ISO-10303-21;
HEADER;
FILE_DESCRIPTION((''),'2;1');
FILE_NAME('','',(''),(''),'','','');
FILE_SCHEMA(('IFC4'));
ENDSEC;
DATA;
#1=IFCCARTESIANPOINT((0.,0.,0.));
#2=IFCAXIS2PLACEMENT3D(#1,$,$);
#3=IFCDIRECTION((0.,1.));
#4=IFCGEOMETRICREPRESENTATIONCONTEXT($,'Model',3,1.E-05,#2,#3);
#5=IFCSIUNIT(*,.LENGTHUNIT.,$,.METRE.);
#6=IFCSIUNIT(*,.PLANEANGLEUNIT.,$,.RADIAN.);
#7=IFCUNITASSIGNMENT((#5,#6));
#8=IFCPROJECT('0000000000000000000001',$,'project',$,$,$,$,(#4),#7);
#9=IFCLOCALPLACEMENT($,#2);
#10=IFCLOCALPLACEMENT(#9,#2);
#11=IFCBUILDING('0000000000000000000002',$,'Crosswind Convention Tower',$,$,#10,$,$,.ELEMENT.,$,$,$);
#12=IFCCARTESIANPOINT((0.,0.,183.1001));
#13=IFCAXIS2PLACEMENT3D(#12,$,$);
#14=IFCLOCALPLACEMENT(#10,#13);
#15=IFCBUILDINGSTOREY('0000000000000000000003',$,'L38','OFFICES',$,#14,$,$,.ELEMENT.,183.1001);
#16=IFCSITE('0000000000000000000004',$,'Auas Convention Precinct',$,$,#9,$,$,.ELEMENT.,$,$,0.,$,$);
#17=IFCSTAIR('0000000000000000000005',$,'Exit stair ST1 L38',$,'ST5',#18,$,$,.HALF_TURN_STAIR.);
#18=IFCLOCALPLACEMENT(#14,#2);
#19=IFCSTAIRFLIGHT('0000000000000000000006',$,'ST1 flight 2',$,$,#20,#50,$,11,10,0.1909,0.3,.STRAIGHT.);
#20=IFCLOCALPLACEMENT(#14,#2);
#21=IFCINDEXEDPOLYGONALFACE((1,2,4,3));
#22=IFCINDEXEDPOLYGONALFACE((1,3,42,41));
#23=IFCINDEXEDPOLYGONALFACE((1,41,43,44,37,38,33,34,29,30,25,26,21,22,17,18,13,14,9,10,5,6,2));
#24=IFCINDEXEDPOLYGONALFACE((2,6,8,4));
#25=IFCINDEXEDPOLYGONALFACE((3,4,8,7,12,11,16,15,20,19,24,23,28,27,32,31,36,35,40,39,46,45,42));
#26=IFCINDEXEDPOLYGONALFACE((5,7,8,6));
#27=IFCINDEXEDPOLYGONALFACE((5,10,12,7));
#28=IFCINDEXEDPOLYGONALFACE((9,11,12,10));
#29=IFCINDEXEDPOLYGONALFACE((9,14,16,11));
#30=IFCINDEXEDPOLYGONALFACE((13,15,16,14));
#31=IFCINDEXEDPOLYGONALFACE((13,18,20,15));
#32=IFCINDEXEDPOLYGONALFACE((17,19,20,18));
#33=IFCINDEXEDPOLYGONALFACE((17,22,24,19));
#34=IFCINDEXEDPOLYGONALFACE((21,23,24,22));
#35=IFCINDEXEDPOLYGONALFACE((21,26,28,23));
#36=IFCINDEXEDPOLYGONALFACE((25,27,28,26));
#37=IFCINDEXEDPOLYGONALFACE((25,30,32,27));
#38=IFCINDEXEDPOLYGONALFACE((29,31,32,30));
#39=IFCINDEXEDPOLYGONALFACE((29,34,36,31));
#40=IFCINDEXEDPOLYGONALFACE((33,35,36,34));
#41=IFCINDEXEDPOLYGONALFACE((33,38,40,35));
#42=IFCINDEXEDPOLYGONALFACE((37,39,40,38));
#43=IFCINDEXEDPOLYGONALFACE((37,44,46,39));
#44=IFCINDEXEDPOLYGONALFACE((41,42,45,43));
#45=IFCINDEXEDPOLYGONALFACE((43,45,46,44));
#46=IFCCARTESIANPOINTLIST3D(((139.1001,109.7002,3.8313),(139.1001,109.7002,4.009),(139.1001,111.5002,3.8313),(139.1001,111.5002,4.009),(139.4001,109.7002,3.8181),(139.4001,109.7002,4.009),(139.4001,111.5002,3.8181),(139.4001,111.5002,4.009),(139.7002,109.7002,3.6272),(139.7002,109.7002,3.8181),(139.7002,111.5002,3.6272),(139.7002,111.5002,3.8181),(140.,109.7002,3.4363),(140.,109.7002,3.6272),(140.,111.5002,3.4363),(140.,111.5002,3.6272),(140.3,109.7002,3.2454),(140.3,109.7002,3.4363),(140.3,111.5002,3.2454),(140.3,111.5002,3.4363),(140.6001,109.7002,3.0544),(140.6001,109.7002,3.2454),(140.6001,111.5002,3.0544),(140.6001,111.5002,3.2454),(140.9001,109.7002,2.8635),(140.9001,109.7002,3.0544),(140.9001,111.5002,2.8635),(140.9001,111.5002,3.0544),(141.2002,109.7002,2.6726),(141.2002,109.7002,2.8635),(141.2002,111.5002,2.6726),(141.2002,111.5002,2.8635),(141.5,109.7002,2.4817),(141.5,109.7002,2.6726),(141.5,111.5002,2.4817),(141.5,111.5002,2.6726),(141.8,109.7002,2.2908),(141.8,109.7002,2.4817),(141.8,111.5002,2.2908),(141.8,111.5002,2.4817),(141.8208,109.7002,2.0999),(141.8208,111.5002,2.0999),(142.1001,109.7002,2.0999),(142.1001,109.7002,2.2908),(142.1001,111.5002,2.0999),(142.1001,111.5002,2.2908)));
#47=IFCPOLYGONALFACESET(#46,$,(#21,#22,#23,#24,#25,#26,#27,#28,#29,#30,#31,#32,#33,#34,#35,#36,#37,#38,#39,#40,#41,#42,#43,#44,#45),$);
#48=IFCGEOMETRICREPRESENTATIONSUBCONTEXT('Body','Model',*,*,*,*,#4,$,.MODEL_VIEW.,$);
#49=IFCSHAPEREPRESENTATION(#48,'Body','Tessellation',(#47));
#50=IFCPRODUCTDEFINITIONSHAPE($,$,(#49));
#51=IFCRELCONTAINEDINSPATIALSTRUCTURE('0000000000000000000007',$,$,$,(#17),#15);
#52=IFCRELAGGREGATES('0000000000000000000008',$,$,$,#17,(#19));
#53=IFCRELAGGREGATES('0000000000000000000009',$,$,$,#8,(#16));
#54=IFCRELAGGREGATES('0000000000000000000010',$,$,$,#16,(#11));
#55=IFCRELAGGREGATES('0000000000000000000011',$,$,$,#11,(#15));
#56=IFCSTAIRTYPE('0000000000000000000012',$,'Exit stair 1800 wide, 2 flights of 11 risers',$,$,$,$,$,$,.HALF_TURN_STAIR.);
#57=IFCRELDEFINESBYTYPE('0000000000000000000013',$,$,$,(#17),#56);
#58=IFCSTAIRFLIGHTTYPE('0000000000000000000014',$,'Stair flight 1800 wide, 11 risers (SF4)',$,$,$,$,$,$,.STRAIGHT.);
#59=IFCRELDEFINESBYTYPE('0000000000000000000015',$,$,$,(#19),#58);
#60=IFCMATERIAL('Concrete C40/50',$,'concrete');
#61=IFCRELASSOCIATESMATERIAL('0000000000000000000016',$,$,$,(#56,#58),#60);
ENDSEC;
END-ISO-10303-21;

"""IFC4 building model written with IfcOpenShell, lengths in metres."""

from ifc_helpers import new_model, si_unit, direction, frame, origin, place, context, subcontext, project, spatial, polyline, outline, extrude, material, type_object, element, aggregate, save


model = new_model("IFC4")

# Units and contexts
model_context = context("Model", 3, precision=1e-05, world=origin(), true_north=direction((0.0, 1.0)))
body_context = subcontext(model_context, "Body", "Model", "MODEL_VIEW")
ifc_project = project(units=[si_unit("LENGTHUNIT", "METRE"), si_unit("PLANEANGLEUNIT", "RADIAN")], contexts=[model_context])

# Site, building, storey
site_placement = place(None, origin())
site = spatial("IfcSite", under=ifc_project, at=site_placement, Name="Auas Convention Precinct", CompositionType="ELEMENT", RefElevation=0.0)
building_placement = place(site_placement, origin())
building = spatial("IfcBuilding", under=site, at=building_placement, Name="Crosswind Convention Tower", CompositionType="ELEMENT")
storey_placement = place(building_placement, frame((0.0, 0.0, 183.1001)))
storey = spatial("IfcBuildingStorey", under=building, at=storey_placement, Name="L38", Description="OFFICES", CompositionType="ELEMENT", Elevation=183.1001)

# Stair, stair flight
ifc_material_1 = material(Name="Concrete C40/50", Category="concrete")
stair_type = type_object("IfcStairType", Name="Exit stair 1800 wide, 2 flights of 11 risers", PredefinedType="HALF_TURN_STAIR", material=ifc_material_1)
stair_placement = place(storey_placement, origin())
stair = element("IfcStair", 1, at=stair_placement, inside=storey, type_object=stair_type, Name="Exit stair ST1 L38", ObjectType="ST5", PredefinedType="HALF_TURN_STAIR")
stair_flight_type = type_object("IfcStairFlightType", Name="Stair flight 1800 wide, 11 risers (SF4)", PredefinedType="STRAIGHT", material=ifc_material_1)
stair_flight_1_placement = place(storey_placement, frame((142.1001, 110.6001, 2.0999), z_axis=(0.0, 0.0, 1.0), x_axis=(-1.0, 0.0, 0.0)))
stair_flight_1 = element("IfcStairFlight", 2, at=stair_flight_1_placement, type_object=stair_flight_type, Name="ST1 flight 2", NumberOfRisers=11, NumberOfTreads=10, PredefinedType="STRAIGHT", RiserHeight=0.1909, TreadLength=0.3, context=body_context, shape_type="SweptSolid", body=[
    extrude(outline(polyline([(0.0, 0.0), (0.0, 0.1909), (0.3, 0.1909), (0.3, 0.3818), (0.6001, 0.3818), (0.6001, 0.5728), (0.8999, 0.5728), (0.8999, 0.7637), (1.2, 0.7637), (1.2, 0.9546), (1.5, 0.9546), (1.5, 1.1455), (1.8, 1.1455), (1.8, 1.3364), (2.1001, 1.3364), (2.1001, 1.5273), (2.3999, 1.5273), (2.3999, 1.7183), (2.7, 1.7183), (2.7, 1.9092), (3.0, 1.9092), (3.0, 2.1001), (3.0, 1.7314), (0.2793, 0.0), (0.0, 0.0)])), frame((0.0, 0.8999, 0.0), z_axis=(0.0, -1.0, 0.0), x_axis=(1.0, 0.0, 0.0)), (0.0, 0.0, 1.0), 1.8),
])
aggregate(stair, [stair_flight_1])

save(model, "model.ifc")
